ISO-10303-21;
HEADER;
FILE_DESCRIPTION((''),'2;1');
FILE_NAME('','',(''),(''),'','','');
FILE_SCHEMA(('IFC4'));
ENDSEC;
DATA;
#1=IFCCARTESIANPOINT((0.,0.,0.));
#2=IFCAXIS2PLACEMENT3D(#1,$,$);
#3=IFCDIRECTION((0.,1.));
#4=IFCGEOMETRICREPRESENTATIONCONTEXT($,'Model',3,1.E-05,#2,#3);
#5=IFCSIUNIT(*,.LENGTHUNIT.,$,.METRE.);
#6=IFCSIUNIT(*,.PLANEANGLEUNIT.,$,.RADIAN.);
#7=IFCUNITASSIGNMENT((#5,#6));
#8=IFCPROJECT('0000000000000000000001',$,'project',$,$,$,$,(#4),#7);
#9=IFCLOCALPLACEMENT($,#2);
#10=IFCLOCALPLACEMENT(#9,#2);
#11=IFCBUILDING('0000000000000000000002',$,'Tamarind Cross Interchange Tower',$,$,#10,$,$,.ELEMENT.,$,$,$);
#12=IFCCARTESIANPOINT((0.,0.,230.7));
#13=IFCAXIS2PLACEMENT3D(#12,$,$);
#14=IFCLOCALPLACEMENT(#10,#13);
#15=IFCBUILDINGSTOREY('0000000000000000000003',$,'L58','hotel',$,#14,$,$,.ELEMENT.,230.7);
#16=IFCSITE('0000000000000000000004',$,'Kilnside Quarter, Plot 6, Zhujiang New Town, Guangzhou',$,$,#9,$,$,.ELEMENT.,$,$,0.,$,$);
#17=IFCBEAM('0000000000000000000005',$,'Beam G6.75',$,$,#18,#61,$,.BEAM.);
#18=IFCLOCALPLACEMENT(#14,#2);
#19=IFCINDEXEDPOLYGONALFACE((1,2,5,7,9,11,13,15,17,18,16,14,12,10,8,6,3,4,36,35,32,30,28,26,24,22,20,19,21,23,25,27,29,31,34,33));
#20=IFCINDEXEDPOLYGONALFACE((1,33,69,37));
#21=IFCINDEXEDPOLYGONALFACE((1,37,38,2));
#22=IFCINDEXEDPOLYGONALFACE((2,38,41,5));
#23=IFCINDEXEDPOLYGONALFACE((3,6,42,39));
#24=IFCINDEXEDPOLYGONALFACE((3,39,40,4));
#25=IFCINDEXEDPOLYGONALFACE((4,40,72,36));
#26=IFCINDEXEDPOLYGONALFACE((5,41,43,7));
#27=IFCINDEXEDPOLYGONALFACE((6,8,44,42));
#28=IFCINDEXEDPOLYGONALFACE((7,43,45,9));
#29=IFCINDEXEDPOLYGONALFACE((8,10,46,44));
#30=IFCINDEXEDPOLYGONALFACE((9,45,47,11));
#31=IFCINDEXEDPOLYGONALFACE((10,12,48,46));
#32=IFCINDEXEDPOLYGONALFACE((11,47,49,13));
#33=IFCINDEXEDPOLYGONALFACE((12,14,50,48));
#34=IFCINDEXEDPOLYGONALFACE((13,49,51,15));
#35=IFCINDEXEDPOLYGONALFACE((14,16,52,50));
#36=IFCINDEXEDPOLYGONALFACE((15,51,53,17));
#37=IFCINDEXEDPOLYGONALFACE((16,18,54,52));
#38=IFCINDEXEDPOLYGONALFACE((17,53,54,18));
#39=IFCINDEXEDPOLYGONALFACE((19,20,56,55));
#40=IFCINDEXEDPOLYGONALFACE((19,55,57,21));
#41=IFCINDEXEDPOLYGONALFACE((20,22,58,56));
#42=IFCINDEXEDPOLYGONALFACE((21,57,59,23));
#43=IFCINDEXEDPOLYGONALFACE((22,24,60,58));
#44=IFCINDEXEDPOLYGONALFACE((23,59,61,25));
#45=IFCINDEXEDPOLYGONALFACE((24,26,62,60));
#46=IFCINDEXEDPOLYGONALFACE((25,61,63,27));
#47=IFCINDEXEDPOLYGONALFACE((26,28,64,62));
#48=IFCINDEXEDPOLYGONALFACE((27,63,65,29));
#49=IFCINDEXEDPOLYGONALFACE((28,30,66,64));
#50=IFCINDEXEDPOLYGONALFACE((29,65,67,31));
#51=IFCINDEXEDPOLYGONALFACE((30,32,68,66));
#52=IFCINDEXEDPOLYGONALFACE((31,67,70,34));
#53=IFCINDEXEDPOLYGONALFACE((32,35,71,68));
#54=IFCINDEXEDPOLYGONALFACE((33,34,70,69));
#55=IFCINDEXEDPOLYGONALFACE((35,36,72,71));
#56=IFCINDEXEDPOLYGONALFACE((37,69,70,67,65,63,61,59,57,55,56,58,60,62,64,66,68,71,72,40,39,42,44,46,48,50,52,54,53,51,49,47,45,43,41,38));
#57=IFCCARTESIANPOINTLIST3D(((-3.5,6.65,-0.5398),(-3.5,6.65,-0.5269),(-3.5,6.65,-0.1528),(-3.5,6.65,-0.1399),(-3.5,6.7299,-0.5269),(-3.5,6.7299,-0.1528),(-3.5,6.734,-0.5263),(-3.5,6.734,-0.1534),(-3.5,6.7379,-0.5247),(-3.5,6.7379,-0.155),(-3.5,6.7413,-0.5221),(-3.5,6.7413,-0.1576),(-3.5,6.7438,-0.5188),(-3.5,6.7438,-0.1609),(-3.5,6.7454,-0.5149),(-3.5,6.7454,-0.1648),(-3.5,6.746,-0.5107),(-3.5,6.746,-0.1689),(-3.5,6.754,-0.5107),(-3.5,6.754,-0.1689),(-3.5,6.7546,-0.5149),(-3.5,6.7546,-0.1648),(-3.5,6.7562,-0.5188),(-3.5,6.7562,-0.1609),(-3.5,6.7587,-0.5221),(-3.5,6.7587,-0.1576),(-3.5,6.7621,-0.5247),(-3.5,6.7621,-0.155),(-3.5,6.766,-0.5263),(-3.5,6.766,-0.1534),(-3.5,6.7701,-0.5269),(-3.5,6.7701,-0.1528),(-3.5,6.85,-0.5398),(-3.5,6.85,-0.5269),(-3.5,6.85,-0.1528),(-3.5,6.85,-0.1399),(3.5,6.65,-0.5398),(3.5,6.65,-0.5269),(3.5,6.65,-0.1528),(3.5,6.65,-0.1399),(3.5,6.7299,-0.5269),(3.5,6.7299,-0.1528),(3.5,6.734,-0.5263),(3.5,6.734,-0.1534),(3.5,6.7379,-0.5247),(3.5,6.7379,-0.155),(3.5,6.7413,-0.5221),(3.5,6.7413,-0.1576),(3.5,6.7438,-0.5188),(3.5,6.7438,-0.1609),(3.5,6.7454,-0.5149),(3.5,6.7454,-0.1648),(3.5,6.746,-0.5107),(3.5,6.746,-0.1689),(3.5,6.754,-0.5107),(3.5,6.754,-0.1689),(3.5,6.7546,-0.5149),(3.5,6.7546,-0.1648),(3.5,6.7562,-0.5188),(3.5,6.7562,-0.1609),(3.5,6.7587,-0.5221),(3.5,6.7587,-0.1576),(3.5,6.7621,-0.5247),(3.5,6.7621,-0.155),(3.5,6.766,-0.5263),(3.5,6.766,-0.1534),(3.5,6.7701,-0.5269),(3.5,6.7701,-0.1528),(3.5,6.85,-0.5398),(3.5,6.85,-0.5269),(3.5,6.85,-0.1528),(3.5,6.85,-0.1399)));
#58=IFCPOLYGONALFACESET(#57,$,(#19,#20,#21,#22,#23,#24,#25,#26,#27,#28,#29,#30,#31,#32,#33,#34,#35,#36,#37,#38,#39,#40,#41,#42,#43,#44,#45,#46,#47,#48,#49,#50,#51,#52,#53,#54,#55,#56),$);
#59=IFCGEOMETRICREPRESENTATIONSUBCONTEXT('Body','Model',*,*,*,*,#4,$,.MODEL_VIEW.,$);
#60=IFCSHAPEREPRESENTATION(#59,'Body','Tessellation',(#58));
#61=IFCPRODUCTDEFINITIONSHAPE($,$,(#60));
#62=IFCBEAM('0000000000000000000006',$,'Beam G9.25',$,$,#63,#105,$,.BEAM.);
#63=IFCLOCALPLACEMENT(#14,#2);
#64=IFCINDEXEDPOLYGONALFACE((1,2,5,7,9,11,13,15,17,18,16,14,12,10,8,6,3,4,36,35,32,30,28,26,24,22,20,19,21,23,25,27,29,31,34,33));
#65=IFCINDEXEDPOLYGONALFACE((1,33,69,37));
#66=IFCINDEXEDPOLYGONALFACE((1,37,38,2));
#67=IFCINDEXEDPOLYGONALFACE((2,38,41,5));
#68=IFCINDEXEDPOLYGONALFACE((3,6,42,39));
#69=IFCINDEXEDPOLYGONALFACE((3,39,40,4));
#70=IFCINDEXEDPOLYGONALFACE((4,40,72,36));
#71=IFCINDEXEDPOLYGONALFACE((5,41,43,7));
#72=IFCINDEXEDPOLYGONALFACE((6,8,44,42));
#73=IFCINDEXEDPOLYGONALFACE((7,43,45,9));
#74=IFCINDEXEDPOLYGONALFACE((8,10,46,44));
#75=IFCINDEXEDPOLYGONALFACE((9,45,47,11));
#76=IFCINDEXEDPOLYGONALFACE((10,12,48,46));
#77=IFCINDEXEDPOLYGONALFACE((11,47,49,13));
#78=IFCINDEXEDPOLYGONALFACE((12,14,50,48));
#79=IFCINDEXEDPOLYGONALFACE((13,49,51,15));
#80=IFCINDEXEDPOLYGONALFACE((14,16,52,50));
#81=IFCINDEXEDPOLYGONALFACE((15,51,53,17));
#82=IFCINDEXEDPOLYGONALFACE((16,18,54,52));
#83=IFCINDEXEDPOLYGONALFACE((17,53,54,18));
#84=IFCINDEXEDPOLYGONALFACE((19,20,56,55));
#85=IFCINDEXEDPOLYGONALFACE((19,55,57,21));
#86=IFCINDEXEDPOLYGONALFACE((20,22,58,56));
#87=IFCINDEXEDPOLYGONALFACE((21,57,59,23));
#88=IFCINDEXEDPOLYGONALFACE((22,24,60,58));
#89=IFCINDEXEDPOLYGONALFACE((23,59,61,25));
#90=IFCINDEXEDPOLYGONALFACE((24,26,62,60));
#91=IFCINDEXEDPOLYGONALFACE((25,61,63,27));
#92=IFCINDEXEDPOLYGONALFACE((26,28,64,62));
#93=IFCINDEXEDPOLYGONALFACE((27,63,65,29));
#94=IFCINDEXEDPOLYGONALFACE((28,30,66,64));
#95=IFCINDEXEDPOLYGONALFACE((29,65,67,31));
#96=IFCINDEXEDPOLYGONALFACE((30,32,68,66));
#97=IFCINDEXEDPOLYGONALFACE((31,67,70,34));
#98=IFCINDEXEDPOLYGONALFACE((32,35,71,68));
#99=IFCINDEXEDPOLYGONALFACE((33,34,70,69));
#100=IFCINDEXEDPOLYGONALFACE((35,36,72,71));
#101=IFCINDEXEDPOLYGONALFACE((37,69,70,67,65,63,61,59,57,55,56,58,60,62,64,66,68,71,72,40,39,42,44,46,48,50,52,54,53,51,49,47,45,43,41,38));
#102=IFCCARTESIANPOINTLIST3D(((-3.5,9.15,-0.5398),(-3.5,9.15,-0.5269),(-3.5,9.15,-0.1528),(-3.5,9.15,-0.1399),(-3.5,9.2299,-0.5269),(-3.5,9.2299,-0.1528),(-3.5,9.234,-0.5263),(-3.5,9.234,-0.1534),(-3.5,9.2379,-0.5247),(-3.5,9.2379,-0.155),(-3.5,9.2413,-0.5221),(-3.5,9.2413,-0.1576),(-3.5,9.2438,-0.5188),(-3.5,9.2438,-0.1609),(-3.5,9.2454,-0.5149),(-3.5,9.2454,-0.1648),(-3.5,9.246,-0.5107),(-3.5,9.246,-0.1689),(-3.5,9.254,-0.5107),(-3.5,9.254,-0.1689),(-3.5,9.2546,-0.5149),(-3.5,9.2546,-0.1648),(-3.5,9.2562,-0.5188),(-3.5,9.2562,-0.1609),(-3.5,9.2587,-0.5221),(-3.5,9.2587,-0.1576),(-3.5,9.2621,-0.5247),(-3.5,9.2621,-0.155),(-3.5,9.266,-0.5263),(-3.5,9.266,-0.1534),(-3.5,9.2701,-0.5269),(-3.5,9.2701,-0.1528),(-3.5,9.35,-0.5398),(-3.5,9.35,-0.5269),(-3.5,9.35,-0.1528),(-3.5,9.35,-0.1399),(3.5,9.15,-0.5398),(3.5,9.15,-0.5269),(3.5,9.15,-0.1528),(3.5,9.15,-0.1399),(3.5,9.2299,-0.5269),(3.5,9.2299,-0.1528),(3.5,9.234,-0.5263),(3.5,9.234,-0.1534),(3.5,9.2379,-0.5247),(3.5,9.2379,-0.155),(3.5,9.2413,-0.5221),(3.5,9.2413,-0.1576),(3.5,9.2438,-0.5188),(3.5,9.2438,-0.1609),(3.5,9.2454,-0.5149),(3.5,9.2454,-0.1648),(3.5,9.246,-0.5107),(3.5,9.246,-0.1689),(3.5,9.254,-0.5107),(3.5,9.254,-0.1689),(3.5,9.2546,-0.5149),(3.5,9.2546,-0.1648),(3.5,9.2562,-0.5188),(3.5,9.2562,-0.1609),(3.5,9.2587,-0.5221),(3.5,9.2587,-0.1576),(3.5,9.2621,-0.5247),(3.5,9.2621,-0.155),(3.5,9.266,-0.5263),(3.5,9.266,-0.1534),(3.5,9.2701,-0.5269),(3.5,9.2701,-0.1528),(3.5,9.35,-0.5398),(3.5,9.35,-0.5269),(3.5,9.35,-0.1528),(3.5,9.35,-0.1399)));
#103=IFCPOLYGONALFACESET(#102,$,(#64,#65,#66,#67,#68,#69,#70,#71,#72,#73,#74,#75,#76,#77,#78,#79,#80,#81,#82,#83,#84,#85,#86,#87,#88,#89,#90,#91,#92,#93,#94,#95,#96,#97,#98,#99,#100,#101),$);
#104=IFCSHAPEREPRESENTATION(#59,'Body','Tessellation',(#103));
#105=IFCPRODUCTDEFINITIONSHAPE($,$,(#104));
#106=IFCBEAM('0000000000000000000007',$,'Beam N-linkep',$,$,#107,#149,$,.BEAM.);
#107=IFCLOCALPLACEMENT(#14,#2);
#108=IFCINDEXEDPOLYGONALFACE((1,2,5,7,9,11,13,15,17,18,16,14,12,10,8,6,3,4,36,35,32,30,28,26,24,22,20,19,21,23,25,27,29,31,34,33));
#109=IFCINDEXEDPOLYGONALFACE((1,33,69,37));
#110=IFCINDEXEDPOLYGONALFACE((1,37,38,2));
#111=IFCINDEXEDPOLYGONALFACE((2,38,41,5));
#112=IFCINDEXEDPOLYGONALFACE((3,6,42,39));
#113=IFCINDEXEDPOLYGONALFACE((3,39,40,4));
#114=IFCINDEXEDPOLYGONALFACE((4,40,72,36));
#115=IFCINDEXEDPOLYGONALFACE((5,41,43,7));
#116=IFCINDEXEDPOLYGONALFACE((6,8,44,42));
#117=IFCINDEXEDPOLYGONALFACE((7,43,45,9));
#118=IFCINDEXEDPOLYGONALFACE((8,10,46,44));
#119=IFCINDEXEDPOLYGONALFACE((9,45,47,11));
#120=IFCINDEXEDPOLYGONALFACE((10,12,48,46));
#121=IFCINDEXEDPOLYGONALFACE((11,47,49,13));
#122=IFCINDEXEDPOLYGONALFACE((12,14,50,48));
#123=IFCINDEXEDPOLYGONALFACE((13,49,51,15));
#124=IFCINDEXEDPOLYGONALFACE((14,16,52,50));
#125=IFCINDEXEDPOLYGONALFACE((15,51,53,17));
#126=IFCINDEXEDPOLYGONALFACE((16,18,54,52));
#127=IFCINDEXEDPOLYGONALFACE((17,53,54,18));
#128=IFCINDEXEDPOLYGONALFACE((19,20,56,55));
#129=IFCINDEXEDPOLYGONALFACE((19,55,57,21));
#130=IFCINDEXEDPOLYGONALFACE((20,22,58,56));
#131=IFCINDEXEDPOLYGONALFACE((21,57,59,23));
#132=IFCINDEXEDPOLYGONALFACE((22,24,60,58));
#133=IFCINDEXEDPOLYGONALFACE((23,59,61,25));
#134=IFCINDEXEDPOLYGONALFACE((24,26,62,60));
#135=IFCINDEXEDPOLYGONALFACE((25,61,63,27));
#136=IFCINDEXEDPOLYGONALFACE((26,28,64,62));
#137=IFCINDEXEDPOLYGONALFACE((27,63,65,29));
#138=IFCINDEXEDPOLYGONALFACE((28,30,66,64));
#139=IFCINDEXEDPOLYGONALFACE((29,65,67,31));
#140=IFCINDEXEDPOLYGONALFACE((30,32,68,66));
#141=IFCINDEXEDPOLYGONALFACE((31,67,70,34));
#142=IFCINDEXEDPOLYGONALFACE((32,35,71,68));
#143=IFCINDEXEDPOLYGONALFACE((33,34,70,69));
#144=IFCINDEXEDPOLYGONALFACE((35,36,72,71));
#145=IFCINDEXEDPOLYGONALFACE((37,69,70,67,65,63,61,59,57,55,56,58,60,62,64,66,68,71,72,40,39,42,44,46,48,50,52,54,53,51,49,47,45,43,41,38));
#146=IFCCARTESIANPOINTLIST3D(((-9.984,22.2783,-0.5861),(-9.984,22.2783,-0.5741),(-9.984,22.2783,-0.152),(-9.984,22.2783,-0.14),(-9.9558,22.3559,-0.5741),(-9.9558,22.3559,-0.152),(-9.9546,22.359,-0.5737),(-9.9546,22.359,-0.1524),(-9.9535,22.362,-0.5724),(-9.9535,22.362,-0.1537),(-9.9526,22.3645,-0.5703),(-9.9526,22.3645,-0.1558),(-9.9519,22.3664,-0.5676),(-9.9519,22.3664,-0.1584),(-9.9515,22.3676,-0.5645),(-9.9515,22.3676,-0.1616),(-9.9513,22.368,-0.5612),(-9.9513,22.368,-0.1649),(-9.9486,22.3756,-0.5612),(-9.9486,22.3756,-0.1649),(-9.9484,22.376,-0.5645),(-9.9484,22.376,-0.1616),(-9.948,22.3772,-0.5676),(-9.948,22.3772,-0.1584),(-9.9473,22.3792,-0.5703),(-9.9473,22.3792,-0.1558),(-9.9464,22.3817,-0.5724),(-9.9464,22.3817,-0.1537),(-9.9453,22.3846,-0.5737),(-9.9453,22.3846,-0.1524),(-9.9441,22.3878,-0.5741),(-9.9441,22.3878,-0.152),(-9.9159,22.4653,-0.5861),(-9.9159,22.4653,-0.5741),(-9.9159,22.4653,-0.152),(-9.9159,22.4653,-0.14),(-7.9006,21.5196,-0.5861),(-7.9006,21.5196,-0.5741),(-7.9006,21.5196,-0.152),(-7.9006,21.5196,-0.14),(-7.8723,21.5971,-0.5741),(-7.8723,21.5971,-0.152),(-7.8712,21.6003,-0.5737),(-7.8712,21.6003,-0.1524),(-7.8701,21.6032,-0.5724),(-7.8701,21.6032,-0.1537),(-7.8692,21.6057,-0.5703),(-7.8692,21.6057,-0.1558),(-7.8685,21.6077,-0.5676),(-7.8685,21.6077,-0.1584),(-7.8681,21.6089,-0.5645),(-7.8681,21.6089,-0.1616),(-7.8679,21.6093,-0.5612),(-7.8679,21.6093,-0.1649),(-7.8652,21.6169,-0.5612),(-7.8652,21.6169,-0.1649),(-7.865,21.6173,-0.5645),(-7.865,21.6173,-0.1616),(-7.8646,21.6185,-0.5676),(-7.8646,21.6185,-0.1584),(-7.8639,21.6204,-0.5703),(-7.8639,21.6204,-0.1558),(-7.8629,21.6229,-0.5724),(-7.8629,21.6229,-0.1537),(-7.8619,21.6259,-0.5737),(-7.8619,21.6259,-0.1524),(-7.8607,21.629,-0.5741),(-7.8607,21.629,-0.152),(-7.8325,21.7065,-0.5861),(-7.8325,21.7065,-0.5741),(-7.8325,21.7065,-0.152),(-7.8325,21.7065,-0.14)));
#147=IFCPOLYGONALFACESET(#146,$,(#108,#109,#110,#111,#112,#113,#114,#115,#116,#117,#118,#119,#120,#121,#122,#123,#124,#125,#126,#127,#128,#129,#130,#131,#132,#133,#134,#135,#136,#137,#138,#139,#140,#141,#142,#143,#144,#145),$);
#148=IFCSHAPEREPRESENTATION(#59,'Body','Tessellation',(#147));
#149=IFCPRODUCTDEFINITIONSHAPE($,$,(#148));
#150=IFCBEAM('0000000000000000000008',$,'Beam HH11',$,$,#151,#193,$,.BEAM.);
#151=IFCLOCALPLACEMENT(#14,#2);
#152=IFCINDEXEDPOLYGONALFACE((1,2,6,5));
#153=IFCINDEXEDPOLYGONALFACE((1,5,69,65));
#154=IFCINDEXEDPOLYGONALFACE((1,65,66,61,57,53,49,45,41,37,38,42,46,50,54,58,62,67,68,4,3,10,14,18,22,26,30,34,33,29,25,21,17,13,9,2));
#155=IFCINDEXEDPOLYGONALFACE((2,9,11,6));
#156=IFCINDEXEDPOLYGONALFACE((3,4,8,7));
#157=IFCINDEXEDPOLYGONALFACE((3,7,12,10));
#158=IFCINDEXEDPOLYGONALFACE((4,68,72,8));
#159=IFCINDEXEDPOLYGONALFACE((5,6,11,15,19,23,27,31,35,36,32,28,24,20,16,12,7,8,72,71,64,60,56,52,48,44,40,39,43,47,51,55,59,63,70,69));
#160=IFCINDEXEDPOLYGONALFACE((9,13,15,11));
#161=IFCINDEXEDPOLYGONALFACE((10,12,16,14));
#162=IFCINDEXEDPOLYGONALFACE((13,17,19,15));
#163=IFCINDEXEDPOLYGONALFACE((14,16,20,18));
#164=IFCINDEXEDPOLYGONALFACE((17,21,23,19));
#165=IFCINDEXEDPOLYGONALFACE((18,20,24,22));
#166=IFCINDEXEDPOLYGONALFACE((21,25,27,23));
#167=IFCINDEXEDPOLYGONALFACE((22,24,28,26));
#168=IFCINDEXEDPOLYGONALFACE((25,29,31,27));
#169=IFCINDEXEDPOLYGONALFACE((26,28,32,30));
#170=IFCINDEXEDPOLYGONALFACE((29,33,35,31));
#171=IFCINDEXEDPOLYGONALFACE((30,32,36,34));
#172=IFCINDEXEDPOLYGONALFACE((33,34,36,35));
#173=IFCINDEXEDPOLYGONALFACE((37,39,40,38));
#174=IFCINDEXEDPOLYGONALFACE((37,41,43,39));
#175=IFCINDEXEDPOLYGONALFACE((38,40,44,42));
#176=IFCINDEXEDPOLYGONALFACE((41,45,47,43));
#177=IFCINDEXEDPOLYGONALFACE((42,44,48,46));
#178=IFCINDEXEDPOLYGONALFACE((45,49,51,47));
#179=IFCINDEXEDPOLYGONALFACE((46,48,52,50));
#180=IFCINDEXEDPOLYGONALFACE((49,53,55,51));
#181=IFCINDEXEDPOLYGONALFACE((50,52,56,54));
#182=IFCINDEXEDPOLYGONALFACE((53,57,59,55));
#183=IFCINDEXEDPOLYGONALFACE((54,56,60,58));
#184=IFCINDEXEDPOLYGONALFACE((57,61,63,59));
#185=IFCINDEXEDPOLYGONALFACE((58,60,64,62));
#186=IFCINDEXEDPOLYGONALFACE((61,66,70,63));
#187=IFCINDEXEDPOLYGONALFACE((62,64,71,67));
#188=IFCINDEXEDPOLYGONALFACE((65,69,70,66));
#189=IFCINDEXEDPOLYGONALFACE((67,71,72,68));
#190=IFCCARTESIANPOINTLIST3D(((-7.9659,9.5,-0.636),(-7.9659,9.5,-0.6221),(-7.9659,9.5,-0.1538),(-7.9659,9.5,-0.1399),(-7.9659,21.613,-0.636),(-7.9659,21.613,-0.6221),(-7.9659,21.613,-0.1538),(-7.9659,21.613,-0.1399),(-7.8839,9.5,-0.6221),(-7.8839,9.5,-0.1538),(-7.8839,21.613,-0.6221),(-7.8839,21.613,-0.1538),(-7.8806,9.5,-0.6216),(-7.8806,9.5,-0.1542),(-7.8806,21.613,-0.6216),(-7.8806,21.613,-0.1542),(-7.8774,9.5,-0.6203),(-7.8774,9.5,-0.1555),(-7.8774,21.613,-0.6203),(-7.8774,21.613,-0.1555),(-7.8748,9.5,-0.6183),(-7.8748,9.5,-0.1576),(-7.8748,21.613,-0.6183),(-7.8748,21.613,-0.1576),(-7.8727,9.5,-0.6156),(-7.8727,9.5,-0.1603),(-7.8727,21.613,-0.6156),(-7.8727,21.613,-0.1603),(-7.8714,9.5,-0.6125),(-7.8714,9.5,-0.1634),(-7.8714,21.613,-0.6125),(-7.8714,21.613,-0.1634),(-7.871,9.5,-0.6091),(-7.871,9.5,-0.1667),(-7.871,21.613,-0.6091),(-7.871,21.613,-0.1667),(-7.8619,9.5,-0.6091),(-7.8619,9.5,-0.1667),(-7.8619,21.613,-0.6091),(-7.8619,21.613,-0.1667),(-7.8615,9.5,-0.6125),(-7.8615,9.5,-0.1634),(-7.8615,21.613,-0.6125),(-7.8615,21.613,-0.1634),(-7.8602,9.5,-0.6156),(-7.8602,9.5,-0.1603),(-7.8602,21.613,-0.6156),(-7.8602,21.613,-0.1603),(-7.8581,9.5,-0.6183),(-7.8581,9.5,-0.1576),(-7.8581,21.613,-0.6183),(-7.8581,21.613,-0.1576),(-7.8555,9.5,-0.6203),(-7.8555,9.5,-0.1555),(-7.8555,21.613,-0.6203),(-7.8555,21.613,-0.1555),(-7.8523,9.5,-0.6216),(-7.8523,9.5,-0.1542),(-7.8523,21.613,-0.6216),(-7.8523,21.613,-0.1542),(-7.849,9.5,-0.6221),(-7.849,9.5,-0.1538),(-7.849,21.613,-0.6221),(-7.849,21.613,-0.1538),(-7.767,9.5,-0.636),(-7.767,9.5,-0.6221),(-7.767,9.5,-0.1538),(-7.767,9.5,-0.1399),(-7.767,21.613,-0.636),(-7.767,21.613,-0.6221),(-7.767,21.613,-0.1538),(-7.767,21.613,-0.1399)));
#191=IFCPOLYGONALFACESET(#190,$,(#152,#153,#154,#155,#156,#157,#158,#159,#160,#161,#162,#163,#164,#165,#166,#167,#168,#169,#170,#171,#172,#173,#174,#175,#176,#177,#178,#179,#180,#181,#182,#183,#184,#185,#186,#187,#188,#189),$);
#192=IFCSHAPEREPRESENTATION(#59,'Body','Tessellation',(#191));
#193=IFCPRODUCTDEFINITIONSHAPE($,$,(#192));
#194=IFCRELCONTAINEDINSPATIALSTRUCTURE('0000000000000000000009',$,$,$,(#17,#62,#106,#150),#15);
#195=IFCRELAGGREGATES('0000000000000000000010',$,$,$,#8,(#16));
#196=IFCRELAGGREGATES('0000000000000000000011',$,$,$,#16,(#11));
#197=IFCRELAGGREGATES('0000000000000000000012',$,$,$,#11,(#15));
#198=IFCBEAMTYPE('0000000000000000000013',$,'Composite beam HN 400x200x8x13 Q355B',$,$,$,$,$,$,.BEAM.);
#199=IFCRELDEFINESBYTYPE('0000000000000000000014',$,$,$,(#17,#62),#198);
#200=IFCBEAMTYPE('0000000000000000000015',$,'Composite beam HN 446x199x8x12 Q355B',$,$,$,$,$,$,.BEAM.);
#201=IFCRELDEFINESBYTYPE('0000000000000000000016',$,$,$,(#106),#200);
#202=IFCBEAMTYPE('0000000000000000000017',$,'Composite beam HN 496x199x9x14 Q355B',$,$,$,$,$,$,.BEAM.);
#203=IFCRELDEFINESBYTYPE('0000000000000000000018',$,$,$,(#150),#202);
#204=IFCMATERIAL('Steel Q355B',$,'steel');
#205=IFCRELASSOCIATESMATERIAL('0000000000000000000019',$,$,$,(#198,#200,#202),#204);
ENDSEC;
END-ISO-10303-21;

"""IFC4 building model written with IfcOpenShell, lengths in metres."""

from ifc_helpers import new_model, si_unit, direction, frame, origin, origin_2d, place, context, subcontext, project, spatial, i_section, extrude, material, material_profile, profile_set, type_object, element, save


model = new_model("IFC4")

# Units and contexts
model_context = context("Model", 3, precision=1e-05, world=origin(), true_north=direction((0.0, 1.0)))
body_context = subcontext(model_context, "Body", "Model", "MODEL_VIEW")
ifc_project = project(units=[si_unit("LENGTHUNIT", "METRE"), si_unit("PLANEANGLEUNIT", "RADIAN")], contexts=[model_context])

# Site, building, storey
site_placement = place(None, origin())
site = spatial("IfcSite", under=ifc_project, at=site_placement, Name="Kilnside Quarter, Plot 6, Zhujiang New Town, Guangzhou", CompositionType="ELEMENT", RefElevation=0.0)
building_placement = place(site_placement, origin())
building = spatial("IfcBuilding", under=site, at=building_placement, Name="Tamarind Cross Interchange Tower", CompositionType="ELEMENT")
storey_placement = place(building_placement, frame((0.0, 0.0, 230.7)))
storey = spatial("IfcBuildingStorey", under=building, at=storey_placement, Name="L58", Description="hotel", CompositionType="ELEMENT", Elevation=230.7)

# Beams
ifc_material_1 = material(Name="Steel Q355B", Category="steel")
ifc_material_profile_1 = material_profile(ifc_material_1, i_section(OverallWidth=0.2, OverallDepth=0.3999, WebThickness=0.0081, FlangeThickness=0.0129, FilletRadius=0.0161, at=origin_2d()), Name="HN 400x200x8x13")
ifc_profile_set_1 = profile_set([ifc_material_profile_1], Name="Steel Q355B")
beam_type_1 = type_object("IfcBeamType", Name="Composite beam HN 400x200x8x13 Q355B", PredefinedType="BEAM", material=ifc_profile_set_1)
for number, where, z_axis, x_axis, name in (
    (1, (-3.5, 6.75, -0.3398), (1.0, 0.0, 0.0), (0.0, 1.0, 0.0), "Beam G6.75"),
    (2, (-3.5, 9.25, -0.3398), (1.0, 0.0, 0.0), (0.0, 1.0, 0.0), "Beam G9.25"),
):
    element("IfcBeam", number, at=place(storey_placement, frame(where, z_axis=z_axis, x_axis=x_axis)), inside=storey, type_object=beam_type_1, Name=name, PredefinedType="BEAM", context=body_context, shape_type="SweptSolid", body=[
        extrude(i_section(OverallWidth=0.2, OverallDepth=0.3999, WebThickness=0.0081, FlangeThickness=0.0129, FilletRadius=0.0161, at=origin_2d()), origin(), (0.0, 0.0, 1.0), 7.0),
    ])
ifc_material_profile_2 = material_profile(ifc_material_1, i_section(OverallWidth=0.199, OverallDepth=0.446, WebThickness=0.0081, FlangeThickness=0.012, FilletRadius=0.0129, at=origin_2d()), Name="HN 446x199x8x12")
ifc_profile_set_2 = profile_set([ifc_material_profile_2], Name="Steel Q355B")
beam_type_2 = type_object("IfcBeamType", Name="Composite beam HN 446x199x8x12 Q355B", PredefinedType="BEAM", material=ifc_profile_set_2)
beam_1_placement = place(storey_placement, frame((-9.95, 22.3718, -0.363), z_axis=(0.939626, -0.342203, 0.0), x_axis=(0.342203, 0.939626, 0.0)))
element("IfcBeam", 3, at=beam_1_placement, inside=storey, type_object=beam_type_2, Name="Beam N-linkep", PredefinedType="BEAM", context=body_context, shape_type="SweptSolid", body=[
    extrude(i_section(OverallWidth=0.199, OverallDepth=0.446, WebThickness=0.0081, FlangeThickness=0.012, FilletRadius=0.0129, at=origin_2d()), origin(), (0.0, 0.0, 1.0), 2.2173),
])
ifc_material_profile_3 = material_profile(ifc_material_1, i_section(OverallWidth=0.199, OverallDepth=0.4961, WebThickness=0.009, FlangeThickness=0.0139, FilletRadius=0.0129, at=origin_2d()), Name="HN 496x199x9x14")
ifc_profile_set_3 = profile_set([ifc_material_profile_3], Name="Steel Q355B")
beam_type_3 = type_object("IfcBeamType", Name="Composite beam HN 496x199x9x14 Q355B", PredefinedType="BEAM", material=ifc_profile_set_3)
beam_2_placement = place(storey_placement, frame((-7.8665, 21.613, -0.3879), z_axis=(0.0, -1.0, 0.0), x_axis=(1.0, 0.0, 0.0)))
element("IfcBeam", 4, at=beam_2_placement, inside=storey, type_object=beam_type_3, Name="Beam HH11", PredefinedType="BEAM", context=body_context, shape_type="SweptSolid", body=[
    extrude(i_section(OverallWidth=0.199, OverallDepth=0.4961, WebThickness=0.009, FlangeThickness=0.0139, FilletRadius=0.0129, at=origin_2d()), origin(), (0.0, 0.0, 1.0), 12.113),
])

save(model, "model.ifc")
